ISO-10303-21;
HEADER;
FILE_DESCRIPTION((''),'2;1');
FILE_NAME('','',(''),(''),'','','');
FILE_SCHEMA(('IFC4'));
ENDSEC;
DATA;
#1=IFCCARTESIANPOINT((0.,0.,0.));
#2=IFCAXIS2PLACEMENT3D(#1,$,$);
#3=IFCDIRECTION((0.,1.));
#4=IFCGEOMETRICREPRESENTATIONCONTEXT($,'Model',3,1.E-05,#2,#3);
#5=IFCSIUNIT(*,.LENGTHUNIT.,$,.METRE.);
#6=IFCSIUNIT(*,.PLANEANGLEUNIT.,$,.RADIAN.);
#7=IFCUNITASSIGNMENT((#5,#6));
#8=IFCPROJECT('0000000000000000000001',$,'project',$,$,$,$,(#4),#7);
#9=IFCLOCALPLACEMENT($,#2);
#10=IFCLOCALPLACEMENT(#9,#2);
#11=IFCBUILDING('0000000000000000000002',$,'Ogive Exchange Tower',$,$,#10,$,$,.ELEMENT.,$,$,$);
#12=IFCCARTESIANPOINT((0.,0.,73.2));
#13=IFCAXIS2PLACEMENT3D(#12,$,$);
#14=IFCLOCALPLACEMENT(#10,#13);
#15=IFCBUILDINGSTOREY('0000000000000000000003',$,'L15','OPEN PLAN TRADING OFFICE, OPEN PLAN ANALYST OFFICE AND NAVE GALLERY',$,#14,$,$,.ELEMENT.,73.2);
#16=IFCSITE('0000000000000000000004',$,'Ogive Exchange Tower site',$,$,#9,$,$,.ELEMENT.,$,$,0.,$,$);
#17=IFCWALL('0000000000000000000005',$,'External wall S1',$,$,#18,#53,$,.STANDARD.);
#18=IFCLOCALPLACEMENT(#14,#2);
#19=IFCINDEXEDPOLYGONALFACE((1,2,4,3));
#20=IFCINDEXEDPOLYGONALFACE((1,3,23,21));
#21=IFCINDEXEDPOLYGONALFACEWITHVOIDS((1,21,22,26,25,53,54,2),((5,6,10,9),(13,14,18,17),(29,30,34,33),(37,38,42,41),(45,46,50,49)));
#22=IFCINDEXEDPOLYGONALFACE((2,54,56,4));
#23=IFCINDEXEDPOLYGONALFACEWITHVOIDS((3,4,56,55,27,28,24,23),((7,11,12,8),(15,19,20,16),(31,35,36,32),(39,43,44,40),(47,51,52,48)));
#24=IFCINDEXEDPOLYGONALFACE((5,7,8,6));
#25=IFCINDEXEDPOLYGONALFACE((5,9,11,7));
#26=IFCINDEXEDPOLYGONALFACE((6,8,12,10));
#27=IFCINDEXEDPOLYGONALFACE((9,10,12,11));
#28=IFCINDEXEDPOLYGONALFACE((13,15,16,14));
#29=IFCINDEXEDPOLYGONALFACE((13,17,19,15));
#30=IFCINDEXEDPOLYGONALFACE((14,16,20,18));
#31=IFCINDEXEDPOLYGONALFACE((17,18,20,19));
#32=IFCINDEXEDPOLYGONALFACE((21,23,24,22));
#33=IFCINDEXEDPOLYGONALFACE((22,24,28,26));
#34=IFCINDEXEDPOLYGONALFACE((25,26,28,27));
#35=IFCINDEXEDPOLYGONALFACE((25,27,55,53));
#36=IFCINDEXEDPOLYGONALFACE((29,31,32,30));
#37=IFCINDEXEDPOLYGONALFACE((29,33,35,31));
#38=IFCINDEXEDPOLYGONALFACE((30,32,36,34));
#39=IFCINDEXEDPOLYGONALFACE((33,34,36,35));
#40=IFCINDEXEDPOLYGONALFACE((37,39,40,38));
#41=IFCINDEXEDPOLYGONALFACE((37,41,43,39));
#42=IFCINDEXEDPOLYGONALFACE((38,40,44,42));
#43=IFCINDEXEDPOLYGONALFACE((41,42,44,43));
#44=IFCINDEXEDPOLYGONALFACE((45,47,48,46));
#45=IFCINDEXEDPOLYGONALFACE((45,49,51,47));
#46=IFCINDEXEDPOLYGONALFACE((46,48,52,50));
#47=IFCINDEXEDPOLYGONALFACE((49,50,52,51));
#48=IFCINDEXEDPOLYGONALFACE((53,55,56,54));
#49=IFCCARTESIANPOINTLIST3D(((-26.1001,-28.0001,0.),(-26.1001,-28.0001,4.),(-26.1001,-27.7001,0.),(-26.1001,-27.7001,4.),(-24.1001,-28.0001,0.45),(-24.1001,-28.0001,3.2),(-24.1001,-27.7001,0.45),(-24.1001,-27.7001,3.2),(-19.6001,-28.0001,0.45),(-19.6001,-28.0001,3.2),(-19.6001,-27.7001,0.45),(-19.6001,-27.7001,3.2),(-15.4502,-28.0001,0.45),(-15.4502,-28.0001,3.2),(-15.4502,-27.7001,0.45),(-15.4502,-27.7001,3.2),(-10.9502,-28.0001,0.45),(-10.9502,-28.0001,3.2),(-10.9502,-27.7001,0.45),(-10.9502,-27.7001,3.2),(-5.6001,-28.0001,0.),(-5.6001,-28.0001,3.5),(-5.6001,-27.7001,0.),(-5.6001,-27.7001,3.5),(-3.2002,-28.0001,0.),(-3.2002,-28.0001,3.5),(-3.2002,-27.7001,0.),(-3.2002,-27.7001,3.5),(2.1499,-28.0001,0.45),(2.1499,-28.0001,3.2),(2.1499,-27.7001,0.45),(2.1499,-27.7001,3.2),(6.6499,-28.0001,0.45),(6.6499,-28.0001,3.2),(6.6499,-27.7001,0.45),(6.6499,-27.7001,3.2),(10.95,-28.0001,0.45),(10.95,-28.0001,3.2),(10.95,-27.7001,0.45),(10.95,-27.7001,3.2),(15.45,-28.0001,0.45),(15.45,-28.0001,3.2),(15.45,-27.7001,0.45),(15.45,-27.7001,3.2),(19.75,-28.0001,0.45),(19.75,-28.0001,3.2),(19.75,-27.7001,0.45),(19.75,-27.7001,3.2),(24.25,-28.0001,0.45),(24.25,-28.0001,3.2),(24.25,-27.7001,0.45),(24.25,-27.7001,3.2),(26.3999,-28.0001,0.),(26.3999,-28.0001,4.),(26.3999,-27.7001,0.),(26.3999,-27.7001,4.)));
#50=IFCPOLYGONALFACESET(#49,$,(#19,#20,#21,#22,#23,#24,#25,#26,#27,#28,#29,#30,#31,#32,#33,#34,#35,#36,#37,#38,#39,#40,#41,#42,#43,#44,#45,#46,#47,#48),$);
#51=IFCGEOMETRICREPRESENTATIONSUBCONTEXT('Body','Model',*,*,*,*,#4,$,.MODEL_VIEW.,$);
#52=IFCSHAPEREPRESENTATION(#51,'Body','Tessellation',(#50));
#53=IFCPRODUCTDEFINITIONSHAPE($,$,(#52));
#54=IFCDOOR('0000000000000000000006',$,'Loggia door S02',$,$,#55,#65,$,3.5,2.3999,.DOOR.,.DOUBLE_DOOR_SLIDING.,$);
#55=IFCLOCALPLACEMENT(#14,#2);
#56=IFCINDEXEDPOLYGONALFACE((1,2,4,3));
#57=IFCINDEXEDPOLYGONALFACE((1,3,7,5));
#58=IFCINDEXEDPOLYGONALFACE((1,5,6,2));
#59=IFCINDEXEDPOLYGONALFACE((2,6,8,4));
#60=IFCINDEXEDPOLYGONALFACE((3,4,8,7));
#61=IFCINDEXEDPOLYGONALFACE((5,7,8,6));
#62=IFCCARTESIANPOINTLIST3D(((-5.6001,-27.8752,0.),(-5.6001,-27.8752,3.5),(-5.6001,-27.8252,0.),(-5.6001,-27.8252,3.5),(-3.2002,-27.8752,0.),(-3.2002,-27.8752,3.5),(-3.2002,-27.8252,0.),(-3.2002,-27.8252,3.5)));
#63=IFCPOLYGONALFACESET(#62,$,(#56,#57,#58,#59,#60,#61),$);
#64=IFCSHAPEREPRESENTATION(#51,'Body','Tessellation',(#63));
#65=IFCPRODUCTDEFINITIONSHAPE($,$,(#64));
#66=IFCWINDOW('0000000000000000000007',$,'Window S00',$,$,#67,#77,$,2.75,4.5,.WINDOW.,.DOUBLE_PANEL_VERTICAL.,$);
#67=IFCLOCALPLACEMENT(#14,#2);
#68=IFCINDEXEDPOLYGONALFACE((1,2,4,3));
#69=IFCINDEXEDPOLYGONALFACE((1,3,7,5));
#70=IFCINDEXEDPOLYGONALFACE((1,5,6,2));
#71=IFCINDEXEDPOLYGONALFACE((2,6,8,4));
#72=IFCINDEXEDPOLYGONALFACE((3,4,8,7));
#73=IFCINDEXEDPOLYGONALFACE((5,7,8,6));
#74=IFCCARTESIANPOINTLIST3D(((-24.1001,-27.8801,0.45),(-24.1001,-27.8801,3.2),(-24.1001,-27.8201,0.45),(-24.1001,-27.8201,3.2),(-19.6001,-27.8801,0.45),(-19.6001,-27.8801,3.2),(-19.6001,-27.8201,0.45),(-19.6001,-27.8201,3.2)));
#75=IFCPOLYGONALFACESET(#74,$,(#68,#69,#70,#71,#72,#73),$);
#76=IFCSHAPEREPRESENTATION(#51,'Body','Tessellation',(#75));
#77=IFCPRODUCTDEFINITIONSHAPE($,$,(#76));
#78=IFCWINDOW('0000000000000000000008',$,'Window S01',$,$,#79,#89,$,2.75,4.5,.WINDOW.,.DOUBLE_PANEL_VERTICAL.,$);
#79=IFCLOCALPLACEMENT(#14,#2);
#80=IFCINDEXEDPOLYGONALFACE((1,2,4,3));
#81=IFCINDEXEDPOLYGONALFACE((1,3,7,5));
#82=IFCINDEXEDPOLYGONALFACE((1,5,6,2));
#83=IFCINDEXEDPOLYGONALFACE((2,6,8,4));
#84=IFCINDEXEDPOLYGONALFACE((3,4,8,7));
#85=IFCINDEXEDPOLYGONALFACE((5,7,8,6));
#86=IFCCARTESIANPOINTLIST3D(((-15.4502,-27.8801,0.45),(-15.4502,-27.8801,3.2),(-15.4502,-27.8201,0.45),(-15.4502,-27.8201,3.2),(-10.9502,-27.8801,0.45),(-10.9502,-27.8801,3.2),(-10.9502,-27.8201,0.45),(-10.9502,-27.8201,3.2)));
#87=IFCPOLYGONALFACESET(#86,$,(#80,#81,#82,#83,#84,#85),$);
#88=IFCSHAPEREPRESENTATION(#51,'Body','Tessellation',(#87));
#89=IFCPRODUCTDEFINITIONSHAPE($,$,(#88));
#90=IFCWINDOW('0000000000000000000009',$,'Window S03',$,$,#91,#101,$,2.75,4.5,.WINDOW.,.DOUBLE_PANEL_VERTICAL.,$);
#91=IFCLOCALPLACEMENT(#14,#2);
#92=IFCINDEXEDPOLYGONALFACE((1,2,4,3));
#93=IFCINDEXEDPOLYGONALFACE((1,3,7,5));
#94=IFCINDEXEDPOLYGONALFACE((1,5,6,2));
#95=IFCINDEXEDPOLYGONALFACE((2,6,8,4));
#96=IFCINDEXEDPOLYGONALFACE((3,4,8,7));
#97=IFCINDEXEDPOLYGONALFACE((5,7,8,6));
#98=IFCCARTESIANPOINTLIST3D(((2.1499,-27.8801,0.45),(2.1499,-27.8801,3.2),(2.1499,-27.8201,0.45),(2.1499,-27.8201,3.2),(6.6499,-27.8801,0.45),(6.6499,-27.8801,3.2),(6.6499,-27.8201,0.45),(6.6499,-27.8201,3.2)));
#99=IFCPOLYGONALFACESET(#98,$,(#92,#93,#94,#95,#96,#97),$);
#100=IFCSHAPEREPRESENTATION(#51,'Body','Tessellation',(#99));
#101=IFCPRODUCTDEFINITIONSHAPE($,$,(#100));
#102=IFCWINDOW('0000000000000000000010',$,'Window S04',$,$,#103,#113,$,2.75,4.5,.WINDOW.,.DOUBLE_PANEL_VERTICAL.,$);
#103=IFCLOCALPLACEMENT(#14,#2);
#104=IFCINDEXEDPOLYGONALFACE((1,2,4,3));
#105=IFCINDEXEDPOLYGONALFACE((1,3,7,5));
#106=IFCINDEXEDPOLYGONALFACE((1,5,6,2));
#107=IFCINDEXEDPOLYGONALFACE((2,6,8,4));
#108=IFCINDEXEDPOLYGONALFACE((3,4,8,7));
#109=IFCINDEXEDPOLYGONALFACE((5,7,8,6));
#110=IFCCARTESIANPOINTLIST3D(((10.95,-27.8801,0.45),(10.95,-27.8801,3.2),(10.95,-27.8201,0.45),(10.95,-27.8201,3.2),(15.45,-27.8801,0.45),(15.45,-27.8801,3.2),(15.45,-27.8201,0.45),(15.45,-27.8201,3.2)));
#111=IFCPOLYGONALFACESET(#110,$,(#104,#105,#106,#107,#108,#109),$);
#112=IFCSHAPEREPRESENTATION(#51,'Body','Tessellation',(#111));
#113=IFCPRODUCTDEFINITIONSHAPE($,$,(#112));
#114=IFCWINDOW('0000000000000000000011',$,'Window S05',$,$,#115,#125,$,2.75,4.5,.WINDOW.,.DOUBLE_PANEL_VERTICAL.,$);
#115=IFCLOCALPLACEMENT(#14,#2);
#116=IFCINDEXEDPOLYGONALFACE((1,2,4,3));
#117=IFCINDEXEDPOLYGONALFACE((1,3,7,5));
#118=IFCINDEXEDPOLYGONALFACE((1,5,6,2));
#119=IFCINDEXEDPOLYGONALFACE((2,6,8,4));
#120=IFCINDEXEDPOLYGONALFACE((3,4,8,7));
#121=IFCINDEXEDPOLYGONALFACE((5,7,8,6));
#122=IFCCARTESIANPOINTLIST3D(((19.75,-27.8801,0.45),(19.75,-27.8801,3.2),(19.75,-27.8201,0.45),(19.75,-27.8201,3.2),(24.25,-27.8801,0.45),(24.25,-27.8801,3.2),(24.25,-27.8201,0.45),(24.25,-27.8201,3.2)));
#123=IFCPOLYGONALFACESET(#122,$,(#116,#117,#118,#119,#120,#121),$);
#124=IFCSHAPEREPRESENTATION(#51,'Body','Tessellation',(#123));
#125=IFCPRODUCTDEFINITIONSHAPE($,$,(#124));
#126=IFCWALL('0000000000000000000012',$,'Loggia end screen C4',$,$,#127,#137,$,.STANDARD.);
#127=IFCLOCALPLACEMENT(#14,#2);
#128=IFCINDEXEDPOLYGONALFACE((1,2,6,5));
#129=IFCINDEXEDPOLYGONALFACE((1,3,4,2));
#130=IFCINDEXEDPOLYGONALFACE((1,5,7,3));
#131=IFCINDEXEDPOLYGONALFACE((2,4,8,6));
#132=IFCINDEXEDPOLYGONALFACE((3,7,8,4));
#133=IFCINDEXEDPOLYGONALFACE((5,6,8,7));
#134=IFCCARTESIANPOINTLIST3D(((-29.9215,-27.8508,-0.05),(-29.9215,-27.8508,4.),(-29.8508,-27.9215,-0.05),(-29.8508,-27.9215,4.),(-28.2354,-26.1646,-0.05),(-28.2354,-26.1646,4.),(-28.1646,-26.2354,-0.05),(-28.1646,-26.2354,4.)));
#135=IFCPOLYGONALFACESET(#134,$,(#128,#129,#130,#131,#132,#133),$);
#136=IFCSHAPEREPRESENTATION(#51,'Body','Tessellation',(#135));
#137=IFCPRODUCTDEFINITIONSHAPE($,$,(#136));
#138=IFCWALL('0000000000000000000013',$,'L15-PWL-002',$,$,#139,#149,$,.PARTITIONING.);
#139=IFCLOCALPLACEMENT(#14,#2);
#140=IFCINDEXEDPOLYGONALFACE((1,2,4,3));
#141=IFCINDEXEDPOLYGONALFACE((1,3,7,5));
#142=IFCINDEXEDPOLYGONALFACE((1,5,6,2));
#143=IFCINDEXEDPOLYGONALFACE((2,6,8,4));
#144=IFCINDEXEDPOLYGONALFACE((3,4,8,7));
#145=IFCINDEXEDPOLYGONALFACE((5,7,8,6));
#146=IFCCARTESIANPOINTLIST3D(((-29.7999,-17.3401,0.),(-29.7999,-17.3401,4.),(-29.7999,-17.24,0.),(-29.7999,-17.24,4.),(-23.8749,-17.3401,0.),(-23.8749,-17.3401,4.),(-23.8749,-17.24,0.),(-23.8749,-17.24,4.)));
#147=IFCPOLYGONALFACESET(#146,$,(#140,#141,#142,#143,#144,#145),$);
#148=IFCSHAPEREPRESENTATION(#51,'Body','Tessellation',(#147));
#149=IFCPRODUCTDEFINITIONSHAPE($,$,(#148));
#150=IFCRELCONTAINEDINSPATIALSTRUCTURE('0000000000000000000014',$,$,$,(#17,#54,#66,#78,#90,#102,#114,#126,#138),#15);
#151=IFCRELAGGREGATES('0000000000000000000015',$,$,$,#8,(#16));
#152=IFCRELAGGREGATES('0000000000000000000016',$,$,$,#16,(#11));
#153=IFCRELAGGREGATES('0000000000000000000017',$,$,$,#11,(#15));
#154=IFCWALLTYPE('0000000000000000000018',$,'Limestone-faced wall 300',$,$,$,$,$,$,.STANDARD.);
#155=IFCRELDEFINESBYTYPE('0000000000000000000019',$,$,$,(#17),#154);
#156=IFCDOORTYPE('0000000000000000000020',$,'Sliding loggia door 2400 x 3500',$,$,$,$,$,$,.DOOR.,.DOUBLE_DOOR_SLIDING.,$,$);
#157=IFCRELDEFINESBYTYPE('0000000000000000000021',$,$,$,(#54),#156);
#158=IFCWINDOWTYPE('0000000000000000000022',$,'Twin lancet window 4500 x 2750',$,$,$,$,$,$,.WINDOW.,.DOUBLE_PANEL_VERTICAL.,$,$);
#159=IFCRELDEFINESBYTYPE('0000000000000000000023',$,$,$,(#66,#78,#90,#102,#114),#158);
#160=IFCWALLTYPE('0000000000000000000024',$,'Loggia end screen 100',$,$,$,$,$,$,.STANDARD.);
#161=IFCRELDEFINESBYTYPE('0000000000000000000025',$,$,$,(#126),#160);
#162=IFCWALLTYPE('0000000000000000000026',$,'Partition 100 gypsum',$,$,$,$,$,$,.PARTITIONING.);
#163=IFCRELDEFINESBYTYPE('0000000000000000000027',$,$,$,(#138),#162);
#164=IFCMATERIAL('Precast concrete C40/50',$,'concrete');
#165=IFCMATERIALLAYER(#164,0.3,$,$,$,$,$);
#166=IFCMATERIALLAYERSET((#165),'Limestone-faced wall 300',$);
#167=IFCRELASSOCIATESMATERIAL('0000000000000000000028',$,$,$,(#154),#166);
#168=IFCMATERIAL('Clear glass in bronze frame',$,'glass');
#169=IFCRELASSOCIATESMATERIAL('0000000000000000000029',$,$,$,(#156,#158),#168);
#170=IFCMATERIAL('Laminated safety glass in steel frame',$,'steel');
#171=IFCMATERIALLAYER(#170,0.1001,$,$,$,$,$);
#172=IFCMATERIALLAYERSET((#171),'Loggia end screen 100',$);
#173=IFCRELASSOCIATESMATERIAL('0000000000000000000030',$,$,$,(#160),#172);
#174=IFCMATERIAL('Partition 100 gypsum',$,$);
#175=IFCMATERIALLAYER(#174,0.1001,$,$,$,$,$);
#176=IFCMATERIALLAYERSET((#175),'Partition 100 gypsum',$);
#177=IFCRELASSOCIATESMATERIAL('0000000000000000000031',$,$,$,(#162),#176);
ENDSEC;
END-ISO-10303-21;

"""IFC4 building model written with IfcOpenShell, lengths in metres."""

from ifc_helpers import new_model, si_unit, direction, frame, frame_2d, origin, place, context, subcontext, project, spatial, rectangle, extrude, material, layer, layer_set, type_object, element, fill, save


model = new_model("IFC4")

# Units and contexts
model_context = context("Model", 3, precision=1e-05, world=origin(), true_north=direction((0.0, 1.0)))
body_context = subcontext(model_context, "Body", "Model", "MODEL_VIEW")
ifc_project = project(units=[si_unit("LENGTHUNIT", "METRE"), si_unit("PLANEANGLEUNIT", "RADIAN")], contexts=[model_context])

# Site, building, storey
site_placement = place(None, origin())
site = spatial("IfcSite", under=ifc_project, at=site_placement, Name="Ogive Exchange Tower site", CompositionType="ELEMENT", RefElevation=0.0)
building_placement = place(site_placement, origin())
building = spatial("IfcBuilding", under=site, at=building_placement, Name="Ogive Exchange Tower", CompositionType="ELEMENT")
storey_placement = place(building_placement, frame((0.0, 0.0, 73.2)))
storey = spatial("IfcBuildingStorey", under=building, at=storey_placement, Name="L15", Description="OPEN PLAN TRADING OFFICE, OPEN PLAN ANALYST OFFICE AND NAVE GALLERY", CompositionType="ELEMENT", Elevation=73.2)

# Wall, openings, door, windows
ifc_material_1 = material(Name="Precast concrete C40/50", Category="concrete")
ifc_layer_1 = layer(ifc_material_1, 0.3)
ifc_layer_set_1 = layer_set([ifc_layer_1], Name="Limestone-faced wall 300")
wall_type_1 = type_object("IfcWallType", Name="Limestone-faced wall 300", PredefinedType="STANDARD", material=ifc_layer_set_1)
wall_1_placement = place(storey_placement, frame((-26.1001, -27.8501, 0.0), z_axis=(0.0, 0.0, 1.0), x_axis=(1.0, 0.0, 0.0)))
wall_1 = element("IfcWall", 1, at=wall_1_placement, inside=storey, type_object=wall_type_1, Name="External wall S1", PredefinedType="STANDARD", context=body_context, shape_type="SweptSolid", body=[
    extrude(rectangle(XDim=52.5, YDim=0.3, at=frame_2d((26.25, 0.0))), origin(), (0.0, 0.0, 1.0), 4.0),
])
opening_1_placement = place(wall_1_placement, frame((2.0, 0.0, 0.45)))
opening_1 = element("IfcOpeningElement", 2, at=opening_1_placement, cuts=wall_1, PredefinedType="OPENING", context=body_context, shape_type="SweptSolid", body=[
    extrude(rectangle(XDim=4.5, YDim=2.75, at=frame_2d((2.25, 1.375))), frame((0.0, 0.1599, 0.0), z_axis=(0.0, -1.0, 0.0), x_axis=(1.0, 0.0, 0.0)), (0.0, 0.0, 1.0), 0.3201),
])
opening_2_placement = place(wall_1_placement, frame((10.6499, 0.0, 0.45)))
opening_2 = element("IfcOpeningElement", 3, at=opening_2_placement, cuts=wall_1, PredefinedType="OPENING", context=body_context, shape_type="SweptSolid", body=[
    extrude(rectangle(XDim=4.5, YDim=2.75, at=frame_2d((2.25, 1.375))), frame((0.0, 0.1599, 0.0), z_axis=(0.0, -1.0, 0.0), x_axis=(1.0, 0.0, 0.0)), (0.0, 0.0, 1.0), 0.3201),
])
opening_3_placement = place(wall_1_placement, frame((20.5, 0.0, 0.0)))
opening_3 = element("IfcOpeningElement", 4, at=opening_3_placement, cuts=wall_1, PredefinedType="OPENING", context=body_context, shape_type="SweptSolid", body=[
    extrude(rectangle(XDim=2.3999, YDim=3.5, at=frame_2d((1.2, 1.75))), frame((0.0, 0.1599, 0.0), z_axis=(0.0, -1.0, 0.0), x_axis=(1.0, 0.0, 0.0)), (0.0, 0.0, 1.0), 0.3201),
])
opening_4_placement = place(wall_1_placement, frame((28.25, 0.0, 0.45)))
opening_4 = element("IfcOpeningElement", 5, at=opening_4_placement, cuts=wall_1, PredefinedType="OPENING", context=body_context, shape_type="SweptSolid", body=[
    extrude(rectangle(XDim=4.5, YDim=2.75, at=frame_2d((2.25, 1.375))), frame((0.0, 0.1599, 0.0), z_axis=(0.0, -1.0, 0.0), x_axis=(1.0, 0.0, 0.0)), (0.0, 0.0, 1.0), 0.3201),
])
opening_5_placement = place(wall_1_placement, frame((37.05, 0.0, 0.45)))
opening_5 = element("IfcOpeningElement", 6, at=opening_5_placement, cuts=wall_1, PredefinedType="OPENING", context=body_context, shape_type="SweptSolid", body=[
    extrude(rectangle(XDim=4.5, YDim=2.75, at=frame_2d((2.25, 1.375))), frame((0.0, 0.1599, 0.0), z_axis=(0.0, -1.0, 0.0), x_axis=(1.0, 0.0, 0.0)), (0.0, 0.0, 1.0), 0.3201),
])
opening_6_placement = place(wall_1_placement, frame((45.8501, 0.0, 0.45)))
opening_6 = element("IfcOpeningElement", 7, at=opening_6_placement, cuts=wall_1, PredefinedType="OPENING", context=body_context, shape_type="SweptSolid", body=[
    extrude(rectangle(XDim=4.5, YDim=2.75, at=frame_2d((2.25, 1.375))), frame((0.0, 0.1599, 0.0), z_axis=(0.0, -1.0, 0.0), x_axis=(1.0, 0.0, 0.0)), (0.0, 0.0, 1.0), 0.3201),
])
ifc_material_2 = material(Name="Clear glass in bronze frame", Category="glass")
door_type_1 = type_object("IfcDoorType", Name="Sliding loggia door 2400 x 3500", OperationType="DOUBLE_DOOR_SLIDING", PredefinedType="DOOR", material=ifc_material_2)
door_1_placement = place(opening_3_placement, origin())
door_1 = element("IfcDoor", 8, at=door_1_placement, inside=storey, type_object=door_type_1, Name="Loggia door S02", OperationType="DOUBLE_DOOR_SLIDING", OverallHeight=3.5, OverallWidth=2.3999, PredefinedType="DOOR", context=body_context, shape_type="SweptSolid", body=[
    extrude(rectangle(XDim=2.3999, YDim=3.5, at=frame_2d((1.2, 1.75))), frame((0.0, 0.0249, 0.0), z_axis=(0.0, -1.0, 0.0), x_axis=(1.0, 0.0, 0.0)), (0.0, 0.0, 1.0), 0.05),
])
fill(opening_3, door_1)
window_type = type_object("IfcWindowType", Name="Twin lancet window 4500 x 2750", PartitioningType="DOUBLE_PANEL_VERTICAL", PredefinedType="WINDOW", material=ifc_material_2)
window_1_placement = place(opening_1_placement, origin())
window_1 = element("IfcWindow", 9, at=window_1_placement, inside=storey, type_object=window_type, Name="Window S00", OverallHeight=2.75, OverallWidth=4.5, PartitioningType="DOUBLE_PANEL_VERTICAL", PredefinedType="WINDOW", context=body_context, shape_type="SweptSolid", body=[
    extrude(rectangle(XDim=4.5, YDim=2.75, at=frame_2d((2.25, 1.375))), frame((0.0, 0.03, 0.0), z_axis=(0.0, -1.0, 0.0), x_axis=(1.0, 0.0, 0.0)), (0.0, 0.0, 1.0), 0.0601),
])
fill(opening_1, window_1)
window_2_placement = place(opening_2_placement, origin())
window_2 = element("IfcWindow", 10, at=window_2_placement, inside=storey, type_object=window_type, Name="Window S01", OverallHeight=2.75, OverallWidth=4.5, PartitioningType="DOUBLE_PANEL_VERTICAL", PredefinedType="WINDOW", context=body_context, shape_type="SweptSolid", body=[
    extrude(rectangle(XDim=4.5, YDim=2.75, at=frame_2d((2.25, 1.375))), frame((0.0, 0.03, 0.0), z_axis=(0.0, -1.0, 0.0), x_axis=(1.0, 0.0, 0.0)), (0.0, 0.0, 1.0), 0.0601),
])
fill(opening_2, window_2)
window_3_placement = place(opening_4_placement, origin())
window_3 = element("IfcWindow", 11, at=window_3_placement, inside=storey, type_object=window_type, Name="Window S03", OverallHeight=2.75, OverallWidth=4.5, PartitioningType="DOUBLE_PANEL_VERTICAL", PredefinedType="WINDOW", context=body_context, shape_type="SweptSolid", body=[
    extrude(rectangle(XDim=4.5, YDim=2.75, at=frame_2d((2.25, 1.375))), frame((0.0, 0.03, 0.0), z_axis=(0.0, -1.0, 0.0), x_axis=(1.0, 0.0, 0.0)), (0.0, 0.0, 1.0), 0.0601),
])
fill(opening_4, window_3)
window_4_placement = place(opening_5_placement, origin())
window_4 = element("IfcWindow", 12, at=window_4_placement, inside=storey, type_object=window_type, Name="Window S04", OverallHeight=2.75, OverallWidth=4.5, PartitioningType="DOUBLE_PANEL_VERTICAL", PredefinedType="WINDOW", context=body_context, shape_type="SweptSolid", body=[
    extrude(rectangle(XDim=4.5, YDim=2.75, at=frame_2d((2.25, 1.375))), frame((0.0, 0.03, 0.0), z_axis=(0.0, -1.0, 0.0), x_axis=(1.0, 0.0, 0.0)), (0.0, 0.0, 1.0), 0.0601),
])
fill(opening_5, window_4)
window_5_placement = place(opening_6_placement, origin())
window_5 = element("IfcWindow", 13, at=window_5_placement, inside=storey, type_object=window_type, Name="Window S05", OverallHeight=2.75, OverallWidth=4.5, PartitioningType="DOUBLE_PANEL_VERTICAL", PredefinedType="WINDOW", context=body_context, shape_type="SweptSolid", body=[
    extrude(rectangle(XDim=4.5, YDim=2.75, at=frame_2d((2.25, 1.375))), frame((0.0, 0.03, 0.0), z_axis=(0.0, -1.0, 0.0), x_axis=(1.0, 0.0, 0.0)), (0.0, 0.0, 1.0), 0.0601),
])
fill(opening_6, window_5)

# Walls
ifc_material_3 = material(Name="Laminated safety glass in steel frame", Category="steel")
ifc_layer_2 = layer(ifc_material_3, 0.1001)
ifc_layer_set_2 = layer_set([ifc_layer_2], Name="Loggia end screen 100")
wall_type_2 = type_object("IfcWallType", Name="Loggia end screen 100", PredefinedType="STANDARD", material=ifc_layer_set_2)
wall_2_placement = place(storey_placement, frame((-28.2, -26.2, -0.05), z_axis=(0.0, 0.0, 1.0), x_axis=(-0.707107, -0.707107, 0.0)))
element("IfcWall", 14, at=wall_2_placement, inside=storey, type_object=wall_type_2, Name="Loggia end screen C4", PredefinedType="STANDARD", context=body_context, shape_type="SweptSolid", body=[
    extrude(rectangle(XDim=2.3845, YDim=0.1001, at=frame_2d((1.1924, 0.0))), origin(), (0.0, 0.0, 1.0), 4.05),
])
ifc_material_4 = material(Name="Partition 100 gypsum")
ifc_layer_3 = layer(ifc_material_4, 0.1001)
ifc_layer_set_3 = layer_set([ifc_layer_3], Name="Partition 100 gypsum")
wall_type_3 = type_object("IfcWallType", Name="Partition 100 gypsum", PredefinedType="PARTITIONING", material=ifc_layer_set_3)
wall_3_placement = place(storey_placement, frame((-23.875, -17.29, 0.0), z_axis=(0.0, 0.0, 1.0), x_axis=(-1.0, 0.0, 0.0)))
element("IfcWall", 15, at=wall_3_placement, inside=storey, type_object=wall_type_3, Name="L15-PWL-002", PredefinedType="PARTITIONING", context=body_context, shape_type="SweptSolid", body=[
    extrude(rectangle(XDim=5.925, YDim=0.1001, at=frame_2d((2.9624, 0.0))), origin(), (0.0, 0.0, 1.0), 4.0),
])

save(model, "model.ifc")
